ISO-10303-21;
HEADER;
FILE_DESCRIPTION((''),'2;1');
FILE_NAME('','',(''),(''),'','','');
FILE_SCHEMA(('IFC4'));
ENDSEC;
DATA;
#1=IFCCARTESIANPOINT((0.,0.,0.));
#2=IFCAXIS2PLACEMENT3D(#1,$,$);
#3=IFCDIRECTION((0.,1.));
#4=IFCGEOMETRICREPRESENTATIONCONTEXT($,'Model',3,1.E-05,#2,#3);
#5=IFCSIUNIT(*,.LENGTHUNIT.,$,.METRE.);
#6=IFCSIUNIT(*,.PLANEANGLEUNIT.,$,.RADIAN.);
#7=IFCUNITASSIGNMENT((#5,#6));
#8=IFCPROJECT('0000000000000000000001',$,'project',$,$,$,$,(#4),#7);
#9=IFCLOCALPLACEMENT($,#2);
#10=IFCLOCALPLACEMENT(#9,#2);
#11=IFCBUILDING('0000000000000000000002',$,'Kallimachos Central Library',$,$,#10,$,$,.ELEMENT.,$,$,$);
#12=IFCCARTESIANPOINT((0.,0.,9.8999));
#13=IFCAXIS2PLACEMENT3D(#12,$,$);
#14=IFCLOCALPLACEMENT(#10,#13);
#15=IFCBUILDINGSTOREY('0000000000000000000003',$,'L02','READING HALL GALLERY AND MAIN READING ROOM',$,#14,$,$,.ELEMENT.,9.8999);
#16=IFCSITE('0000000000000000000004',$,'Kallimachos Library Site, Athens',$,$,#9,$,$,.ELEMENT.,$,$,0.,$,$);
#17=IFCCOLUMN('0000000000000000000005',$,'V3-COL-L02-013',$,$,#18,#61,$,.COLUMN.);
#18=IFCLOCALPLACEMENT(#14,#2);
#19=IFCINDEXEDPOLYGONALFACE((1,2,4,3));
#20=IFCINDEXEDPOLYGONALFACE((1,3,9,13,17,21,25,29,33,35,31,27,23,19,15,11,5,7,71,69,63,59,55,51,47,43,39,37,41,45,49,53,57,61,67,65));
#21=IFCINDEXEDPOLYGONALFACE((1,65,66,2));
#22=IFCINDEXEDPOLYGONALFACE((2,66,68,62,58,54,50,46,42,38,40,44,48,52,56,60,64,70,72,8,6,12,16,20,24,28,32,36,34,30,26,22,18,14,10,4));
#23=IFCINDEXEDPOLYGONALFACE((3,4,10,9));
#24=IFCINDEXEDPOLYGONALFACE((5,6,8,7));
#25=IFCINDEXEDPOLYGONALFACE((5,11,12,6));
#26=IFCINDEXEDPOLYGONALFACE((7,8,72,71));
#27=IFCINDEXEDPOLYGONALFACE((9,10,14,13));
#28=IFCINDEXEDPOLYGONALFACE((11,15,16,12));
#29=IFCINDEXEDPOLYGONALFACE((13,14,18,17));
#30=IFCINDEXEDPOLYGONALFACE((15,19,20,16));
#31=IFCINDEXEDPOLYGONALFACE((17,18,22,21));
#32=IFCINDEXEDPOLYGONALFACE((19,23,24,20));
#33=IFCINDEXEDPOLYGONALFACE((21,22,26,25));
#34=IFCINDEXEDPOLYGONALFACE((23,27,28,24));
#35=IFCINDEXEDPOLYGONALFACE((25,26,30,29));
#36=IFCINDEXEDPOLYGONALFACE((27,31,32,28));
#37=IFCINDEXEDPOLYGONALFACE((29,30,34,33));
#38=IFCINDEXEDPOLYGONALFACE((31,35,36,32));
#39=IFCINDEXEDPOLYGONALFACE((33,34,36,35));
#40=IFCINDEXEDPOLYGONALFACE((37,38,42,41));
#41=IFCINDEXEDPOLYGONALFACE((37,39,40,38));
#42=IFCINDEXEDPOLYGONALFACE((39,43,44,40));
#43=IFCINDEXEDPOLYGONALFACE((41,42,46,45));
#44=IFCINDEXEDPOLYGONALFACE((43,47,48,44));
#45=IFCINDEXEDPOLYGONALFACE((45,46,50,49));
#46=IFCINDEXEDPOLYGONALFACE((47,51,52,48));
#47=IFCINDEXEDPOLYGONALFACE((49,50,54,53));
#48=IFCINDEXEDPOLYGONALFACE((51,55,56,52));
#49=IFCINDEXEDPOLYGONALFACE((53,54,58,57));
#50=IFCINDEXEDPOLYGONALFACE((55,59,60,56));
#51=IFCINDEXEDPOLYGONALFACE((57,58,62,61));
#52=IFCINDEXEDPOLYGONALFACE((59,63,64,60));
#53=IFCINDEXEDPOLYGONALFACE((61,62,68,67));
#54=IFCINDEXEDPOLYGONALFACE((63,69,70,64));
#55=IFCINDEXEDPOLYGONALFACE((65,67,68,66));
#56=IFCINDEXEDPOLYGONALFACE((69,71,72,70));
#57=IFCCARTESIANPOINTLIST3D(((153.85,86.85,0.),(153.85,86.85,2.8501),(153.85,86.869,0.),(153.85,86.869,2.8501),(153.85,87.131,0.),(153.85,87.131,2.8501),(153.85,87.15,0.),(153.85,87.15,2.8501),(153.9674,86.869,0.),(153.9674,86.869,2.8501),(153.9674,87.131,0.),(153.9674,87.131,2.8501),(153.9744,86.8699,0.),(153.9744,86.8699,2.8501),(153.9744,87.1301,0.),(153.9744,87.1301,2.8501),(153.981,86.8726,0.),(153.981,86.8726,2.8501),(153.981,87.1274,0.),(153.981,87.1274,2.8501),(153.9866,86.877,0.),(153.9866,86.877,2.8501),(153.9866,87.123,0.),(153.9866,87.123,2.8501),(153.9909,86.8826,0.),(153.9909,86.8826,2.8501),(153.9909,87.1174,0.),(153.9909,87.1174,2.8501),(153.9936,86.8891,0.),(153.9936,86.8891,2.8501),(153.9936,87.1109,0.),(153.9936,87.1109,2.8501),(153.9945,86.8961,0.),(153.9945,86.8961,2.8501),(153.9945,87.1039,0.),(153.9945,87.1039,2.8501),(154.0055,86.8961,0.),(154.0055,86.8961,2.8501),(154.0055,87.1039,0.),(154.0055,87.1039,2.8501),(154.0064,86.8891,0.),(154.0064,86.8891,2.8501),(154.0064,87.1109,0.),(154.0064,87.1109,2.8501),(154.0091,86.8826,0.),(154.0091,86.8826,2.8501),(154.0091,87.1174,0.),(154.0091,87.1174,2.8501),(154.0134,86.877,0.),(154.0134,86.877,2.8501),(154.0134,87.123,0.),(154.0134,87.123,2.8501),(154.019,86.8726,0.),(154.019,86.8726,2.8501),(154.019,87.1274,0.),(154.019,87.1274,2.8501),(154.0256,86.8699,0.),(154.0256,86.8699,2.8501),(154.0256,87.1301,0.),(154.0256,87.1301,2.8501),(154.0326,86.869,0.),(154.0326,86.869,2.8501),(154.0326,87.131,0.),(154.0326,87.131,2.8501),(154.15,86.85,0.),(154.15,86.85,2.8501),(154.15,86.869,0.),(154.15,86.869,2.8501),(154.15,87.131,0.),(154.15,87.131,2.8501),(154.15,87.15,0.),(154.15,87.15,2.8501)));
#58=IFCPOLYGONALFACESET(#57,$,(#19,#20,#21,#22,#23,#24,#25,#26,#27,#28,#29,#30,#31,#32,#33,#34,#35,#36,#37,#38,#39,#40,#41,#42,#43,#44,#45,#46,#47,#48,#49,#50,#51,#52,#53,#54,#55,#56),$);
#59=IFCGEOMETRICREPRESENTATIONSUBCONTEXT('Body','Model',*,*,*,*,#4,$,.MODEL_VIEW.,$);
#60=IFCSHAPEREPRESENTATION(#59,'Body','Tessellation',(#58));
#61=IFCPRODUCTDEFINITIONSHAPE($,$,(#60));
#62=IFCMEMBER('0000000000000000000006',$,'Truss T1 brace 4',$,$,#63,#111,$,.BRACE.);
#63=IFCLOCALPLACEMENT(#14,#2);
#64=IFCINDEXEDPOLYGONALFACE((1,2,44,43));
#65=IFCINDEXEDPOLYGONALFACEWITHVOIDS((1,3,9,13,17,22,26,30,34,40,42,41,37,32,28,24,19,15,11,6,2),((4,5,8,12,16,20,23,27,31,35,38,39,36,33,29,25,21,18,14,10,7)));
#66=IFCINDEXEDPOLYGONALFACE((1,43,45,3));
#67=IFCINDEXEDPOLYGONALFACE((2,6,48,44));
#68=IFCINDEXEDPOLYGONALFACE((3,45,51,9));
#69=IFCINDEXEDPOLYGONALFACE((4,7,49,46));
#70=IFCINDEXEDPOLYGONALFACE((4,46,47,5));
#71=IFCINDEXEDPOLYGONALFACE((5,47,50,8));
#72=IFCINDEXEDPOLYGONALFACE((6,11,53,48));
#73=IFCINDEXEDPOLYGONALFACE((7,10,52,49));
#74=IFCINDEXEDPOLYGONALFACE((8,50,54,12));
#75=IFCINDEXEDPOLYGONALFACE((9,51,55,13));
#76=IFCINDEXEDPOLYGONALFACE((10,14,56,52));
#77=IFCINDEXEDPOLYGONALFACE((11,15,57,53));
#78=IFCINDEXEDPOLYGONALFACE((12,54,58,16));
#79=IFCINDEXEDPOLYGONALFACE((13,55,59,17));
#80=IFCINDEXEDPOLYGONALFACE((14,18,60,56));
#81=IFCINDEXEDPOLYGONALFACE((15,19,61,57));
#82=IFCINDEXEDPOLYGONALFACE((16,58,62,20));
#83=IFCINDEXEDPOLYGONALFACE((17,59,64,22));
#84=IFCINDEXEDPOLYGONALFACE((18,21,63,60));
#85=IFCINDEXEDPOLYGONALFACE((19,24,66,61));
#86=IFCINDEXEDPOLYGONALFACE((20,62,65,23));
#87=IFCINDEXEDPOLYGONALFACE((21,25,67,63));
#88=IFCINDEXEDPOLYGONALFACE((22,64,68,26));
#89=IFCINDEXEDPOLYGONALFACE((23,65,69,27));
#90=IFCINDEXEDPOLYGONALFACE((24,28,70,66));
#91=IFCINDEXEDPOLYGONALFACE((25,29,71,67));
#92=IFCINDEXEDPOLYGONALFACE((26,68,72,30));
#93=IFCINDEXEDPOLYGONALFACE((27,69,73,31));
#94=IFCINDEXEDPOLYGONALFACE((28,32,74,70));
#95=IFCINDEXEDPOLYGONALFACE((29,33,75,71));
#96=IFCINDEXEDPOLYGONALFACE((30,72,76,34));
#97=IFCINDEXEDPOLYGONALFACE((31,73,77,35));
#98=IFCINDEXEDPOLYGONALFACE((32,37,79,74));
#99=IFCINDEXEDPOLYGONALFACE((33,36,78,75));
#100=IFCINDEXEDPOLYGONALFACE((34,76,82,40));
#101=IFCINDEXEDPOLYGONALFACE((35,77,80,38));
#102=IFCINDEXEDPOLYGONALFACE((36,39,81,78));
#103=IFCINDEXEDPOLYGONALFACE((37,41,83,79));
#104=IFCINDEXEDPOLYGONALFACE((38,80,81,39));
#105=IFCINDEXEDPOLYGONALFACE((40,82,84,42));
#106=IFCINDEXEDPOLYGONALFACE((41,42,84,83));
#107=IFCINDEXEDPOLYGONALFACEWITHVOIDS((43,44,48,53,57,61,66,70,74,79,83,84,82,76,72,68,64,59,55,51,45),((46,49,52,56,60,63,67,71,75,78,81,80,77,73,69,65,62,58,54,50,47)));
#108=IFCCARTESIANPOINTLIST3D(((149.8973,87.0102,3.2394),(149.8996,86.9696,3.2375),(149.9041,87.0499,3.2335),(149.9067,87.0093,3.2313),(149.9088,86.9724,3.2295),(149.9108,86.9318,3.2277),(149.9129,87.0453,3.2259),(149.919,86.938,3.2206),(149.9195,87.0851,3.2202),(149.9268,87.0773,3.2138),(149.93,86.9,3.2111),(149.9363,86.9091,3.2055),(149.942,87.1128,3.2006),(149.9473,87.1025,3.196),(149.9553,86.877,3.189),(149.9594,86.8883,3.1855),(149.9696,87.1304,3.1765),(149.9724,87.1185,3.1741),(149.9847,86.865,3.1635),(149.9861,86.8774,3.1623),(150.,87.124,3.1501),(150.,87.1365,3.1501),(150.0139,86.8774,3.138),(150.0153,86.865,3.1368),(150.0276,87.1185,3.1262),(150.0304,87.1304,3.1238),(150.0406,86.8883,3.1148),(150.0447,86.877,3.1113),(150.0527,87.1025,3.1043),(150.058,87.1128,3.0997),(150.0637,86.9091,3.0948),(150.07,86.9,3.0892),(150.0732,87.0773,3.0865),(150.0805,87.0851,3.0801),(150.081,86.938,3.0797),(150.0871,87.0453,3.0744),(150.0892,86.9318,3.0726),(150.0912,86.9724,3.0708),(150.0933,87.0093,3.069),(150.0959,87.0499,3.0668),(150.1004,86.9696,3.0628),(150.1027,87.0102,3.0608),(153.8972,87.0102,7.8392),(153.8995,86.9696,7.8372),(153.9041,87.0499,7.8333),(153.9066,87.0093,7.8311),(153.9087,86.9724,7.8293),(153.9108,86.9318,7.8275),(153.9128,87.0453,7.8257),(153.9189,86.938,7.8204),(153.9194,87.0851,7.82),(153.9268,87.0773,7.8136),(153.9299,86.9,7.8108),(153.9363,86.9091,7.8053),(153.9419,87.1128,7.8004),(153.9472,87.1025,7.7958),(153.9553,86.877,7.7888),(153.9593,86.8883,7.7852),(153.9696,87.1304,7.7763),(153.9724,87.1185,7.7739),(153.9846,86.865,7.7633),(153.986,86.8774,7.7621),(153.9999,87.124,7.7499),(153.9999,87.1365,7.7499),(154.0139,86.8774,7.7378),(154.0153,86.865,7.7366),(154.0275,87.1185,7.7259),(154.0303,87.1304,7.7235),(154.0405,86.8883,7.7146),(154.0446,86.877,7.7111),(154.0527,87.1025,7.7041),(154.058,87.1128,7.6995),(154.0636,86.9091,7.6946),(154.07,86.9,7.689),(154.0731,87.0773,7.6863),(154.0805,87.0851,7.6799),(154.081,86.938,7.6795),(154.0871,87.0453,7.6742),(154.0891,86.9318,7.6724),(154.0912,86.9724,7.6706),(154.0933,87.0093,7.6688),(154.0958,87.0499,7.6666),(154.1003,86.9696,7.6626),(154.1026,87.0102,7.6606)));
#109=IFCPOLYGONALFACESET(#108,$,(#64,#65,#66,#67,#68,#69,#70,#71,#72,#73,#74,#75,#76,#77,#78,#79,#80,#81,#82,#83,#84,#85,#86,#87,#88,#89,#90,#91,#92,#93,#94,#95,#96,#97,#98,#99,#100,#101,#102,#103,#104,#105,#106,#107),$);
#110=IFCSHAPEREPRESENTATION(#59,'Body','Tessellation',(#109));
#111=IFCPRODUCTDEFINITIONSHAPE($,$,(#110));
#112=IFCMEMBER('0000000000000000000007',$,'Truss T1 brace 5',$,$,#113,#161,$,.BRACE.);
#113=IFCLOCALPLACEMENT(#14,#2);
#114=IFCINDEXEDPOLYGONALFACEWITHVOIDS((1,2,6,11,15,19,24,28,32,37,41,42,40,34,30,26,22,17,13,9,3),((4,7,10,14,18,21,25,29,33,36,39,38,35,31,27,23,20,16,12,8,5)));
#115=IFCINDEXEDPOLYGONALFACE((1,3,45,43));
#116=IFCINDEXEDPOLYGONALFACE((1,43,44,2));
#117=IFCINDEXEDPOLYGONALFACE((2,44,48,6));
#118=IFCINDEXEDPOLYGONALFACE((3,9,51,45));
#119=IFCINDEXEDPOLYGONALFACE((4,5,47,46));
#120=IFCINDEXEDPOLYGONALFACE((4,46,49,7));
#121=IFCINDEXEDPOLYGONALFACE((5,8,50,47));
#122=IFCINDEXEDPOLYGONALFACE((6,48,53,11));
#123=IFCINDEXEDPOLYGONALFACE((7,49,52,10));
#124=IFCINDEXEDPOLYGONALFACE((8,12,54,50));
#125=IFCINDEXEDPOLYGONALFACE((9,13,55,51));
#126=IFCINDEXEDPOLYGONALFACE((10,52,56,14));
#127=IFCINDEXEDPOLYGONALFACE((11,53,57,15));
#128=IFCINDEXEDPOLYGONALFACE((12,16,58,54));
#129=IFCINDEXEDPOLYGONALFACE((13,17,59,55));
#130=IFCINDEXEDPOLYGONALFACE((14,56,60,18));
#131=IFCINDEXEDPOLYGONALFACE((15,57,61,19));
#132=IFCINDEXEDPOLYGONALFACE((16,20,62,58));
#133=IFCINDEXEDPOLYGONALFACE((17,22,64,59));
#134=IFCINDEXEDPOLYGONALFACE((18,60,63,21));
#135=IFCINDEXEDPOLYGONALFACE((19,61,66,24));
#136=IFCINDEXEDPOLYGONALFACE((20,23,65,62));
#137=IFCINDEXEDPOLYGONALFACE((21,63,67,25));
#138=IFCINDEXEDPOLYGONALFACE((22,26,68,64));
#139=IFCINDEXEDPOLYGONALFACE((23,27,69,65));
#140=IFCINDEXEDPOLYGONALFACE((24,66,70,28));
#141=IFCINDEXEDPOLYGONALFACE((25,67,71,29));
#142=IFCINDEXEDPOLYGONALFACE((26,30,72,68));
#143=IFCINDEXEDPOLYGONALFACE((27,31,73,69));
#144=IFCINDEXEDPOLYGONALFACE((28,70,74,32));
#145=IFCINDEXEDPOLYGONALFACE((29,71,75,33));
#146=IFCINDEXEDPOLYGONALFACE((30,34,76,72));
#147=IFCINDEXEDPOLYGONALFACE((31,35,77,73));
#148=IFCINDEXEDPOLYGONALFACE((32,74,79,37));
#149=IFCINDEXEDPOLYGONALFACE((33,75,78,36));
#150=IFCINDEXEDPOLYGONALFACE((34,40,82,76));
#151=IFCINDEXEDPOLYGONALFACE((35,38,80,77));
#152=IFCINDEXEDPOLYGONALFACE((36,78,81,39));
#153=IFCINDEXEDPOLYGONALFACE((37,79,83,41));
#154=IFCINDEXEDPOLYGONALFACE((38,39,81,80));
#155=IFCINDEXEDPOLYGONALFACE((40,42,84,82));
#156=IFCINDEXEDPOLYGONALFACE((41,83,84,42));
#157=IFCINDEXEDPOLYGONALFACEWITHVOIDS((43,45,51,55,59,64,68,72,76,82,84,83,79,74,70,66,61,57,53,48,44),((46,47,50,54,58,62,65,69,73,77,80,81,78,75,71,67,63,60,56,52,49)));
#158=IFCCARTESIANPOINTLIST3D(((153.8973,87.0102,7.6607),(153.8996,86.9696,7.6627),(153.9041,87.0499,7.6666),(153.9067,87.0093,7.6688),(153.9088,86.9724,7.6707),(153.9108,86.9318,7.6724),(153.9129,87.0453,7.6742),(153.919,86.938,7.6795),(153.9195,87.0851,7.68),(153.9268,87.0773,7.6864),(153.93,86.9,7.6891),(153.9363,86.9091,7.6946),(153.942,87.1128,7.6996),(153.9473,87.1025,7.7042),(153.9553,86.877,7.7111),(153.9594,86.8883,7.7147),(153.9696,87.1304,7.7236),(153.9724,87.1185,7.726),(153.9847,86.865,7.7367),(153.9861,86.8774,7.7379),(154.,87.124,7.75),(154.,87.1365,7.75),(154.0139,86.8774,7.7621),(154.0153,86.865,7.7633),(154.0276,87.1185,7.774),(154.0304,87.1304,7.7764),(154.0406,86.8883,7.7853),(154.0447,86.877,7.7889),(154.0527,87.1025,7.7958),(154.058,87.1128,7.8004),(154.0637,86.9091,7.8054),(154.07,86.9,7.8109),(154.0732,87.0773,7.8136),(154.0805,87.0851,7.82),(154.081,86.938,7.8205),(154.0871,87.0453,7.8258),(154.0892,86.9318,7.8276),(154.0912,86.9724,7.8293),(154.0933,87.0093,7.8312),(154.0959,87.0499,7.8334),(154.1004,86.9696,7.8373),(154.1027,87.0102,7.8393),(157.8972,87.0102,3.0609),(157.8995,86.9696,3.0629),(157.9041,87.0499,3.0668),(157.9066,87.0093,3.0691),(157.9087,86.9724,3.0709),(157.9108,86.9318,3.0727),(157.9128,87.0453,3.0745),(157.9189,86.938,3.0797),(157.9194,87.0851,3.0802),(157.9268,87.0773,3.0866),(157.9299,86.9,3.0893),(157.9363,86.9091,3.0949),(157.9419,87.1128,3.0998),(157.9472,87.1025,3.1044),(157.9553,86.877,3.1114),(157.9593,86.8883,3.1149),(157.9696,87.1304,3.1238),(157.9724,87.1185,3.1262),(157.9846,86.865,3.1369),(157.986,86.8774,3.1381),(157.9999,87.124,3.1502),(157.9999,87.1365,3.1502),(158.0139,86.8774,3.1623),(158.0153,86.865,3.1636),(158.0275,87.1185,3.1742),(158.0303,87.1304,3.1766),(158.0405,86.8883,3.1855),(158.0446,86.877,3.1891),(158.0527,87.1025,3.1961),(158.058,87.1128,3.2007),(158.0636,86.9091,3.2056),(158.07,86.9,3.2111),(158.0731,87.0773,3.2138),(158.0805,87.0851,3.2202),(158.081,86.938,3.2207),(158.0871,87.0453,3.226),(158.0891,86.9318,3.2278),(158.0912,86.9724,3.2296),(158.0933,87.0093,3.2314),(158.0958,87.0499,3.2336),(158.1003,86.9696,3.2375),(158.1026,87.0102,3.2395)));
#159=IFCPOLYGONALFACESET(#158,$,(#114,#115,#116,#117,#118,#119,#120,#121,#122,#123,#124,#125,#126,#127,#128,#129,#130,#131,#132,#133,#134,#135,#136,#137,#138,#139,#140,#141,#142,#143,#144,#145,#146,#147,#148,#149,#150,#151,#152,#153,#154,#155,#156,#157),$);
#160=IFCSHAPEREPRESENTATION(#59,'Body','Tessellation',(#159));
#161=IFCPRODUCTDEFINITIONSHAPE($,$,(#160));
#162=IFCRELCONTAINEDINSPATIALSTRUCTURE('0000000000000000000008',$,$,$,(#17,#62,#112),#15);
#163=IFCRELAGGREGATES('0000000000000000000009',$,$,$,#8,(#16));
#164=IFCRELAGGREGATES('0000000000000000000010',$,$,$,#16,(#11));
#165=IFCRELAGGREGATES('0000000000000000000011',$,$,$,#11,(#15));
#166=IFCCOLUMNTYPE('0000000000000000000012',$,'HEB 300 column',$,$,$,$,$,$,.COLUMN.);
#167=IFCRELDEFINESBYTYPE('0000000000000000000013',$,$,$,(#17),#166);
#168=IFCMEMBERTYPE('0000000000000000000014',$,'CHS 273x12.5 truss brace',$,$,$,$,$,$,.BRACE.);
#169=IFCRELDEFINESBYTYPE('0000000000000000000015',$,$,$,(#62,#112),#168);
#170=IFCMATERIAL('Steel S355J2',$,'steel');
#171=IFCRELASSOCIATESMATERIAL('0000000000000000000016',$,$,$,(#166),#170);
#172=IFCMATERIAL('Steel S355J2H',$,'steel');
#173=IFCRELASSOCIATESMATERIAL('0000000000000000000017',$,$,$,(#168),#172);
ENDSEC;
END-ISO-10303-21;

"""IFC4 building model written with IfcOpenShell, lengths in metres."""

from ifc_helpers import new_model, si_unit, direction, frame, origin, origin_2d, place, context, subcontext, project, spatial, hollow_circle, i_section, extrude, material, material_profile, profile_set, type_object, element, save


model = new_model("IFC4")

# Units and contexts
model_context = context("Model", 3, precision=1e-05, world=origin(), true_north=direction((0.0, 1.0)))
body_context = subcontext(model_context, "Body", "Model", "MODEL_VIEW")
ifc_project = project(units=[si_unit("LENGTHUNIT", "METRE"), si_unit("PLANEANGLEUNIT", "RADIAN")], contexts=[model_context])

# Site, building, storey
site_placement = place(None, origin())
site = spatial("IfcSite", under=ifc_project, at=site_placement, Name="Kallimachos Library Site, Athens", CompositionType="ELEMENT", RefElevation=0.0)
building_placement = place(site_placement, origin())
building = spatial("IfcBuilding", under=site, at=building_placement, Name="Kallimachos Central Library", CompositionType="ELEMENT")
storey_placement = place(building_placement, frame((0.0, 0.0, 9.8999)))
storey = spatial("IfcBuildingStorey", under=building, at=storey_placement, Name="L02", Description="READING HALL GALLERY AND MAIN READING ROOM", CompositionType="ELEMENT", Elevation=9.8999)

# Column
ifc_material_1 = material(Name="Steel S355J2", Category="steel")
ifc_material_profile_1 = material_profile(ifc_material_1, i_section(OverallWidth=0.3, OverallDepth=0.3, WebThickness=0.011, FlangeThickness=0.019, FilletRadius=0.0271, at=origin_2d()), Name="HEB 300")
ifc_profile_set_1 = profile_set([ifc_material_profile_1], Name="Steel S355J2")
column_type = type_object("IfcColumnType", Name="HEB 300 column", PredefinedType="COLUMN", material=ifc_profile_set_1)
column_placement = place(storey_placement, frame((154.0, 87.0, 0.0), z_axis=(0.0, 0.0, 1.0), x_axis=(1.0, 0.0, 0.0)))
element("IfcColumn", 1, at=column_placement, inside=storey, type_object=column_type, Name="V3-COL-L02-013", PredefinedType="COLUMN", context=body_context, shape_type="SweptSolid", body=[
    extrude(i_section(OverallWidth=0.3, OverallDepth=0.3, WebThickness=0.011, FlangeThickness=0.019, FilletRadius=0.0271, at=origin_2d()), origin(), (0.0, 0.0, 1.0), 2.8501),
])

# Members
ifc_material_2 = material(Name="Steel S355J2H", Category="steel")
ifc_material_profile_2 = material_profile(ifc_material_2, hollow_circle(Radius=0.1365, WallThickness=0.0125, at=origin_2d()), Name="CHS 273x12.5")
ifc_profile_set_2 = profile_set([ifc_material_profile_2], Name="Steel S355J2H")
member_type_1 = type_object("IfcMemberType", Name="CHS 273x12.5 truss brace", PredefinedType="BRACE", material=ifc_profile_set_2)
for number, where, z_axis, x_axis, name in (
    (2, (150.0, 87.0, 3.1501), (0.656191, 0.0, 0.754595), (0.0, 1.0, 0.0), "Truss T1 brace 4"),
    (3, (154.0, 87.0, 7.75), (0.656191, 0.0, -0.754595), (0.0, 1.0, 0.0), "Truss T1 brace 5"),
):
    element("IfcMember", number, at=place(storey_placement, frame(where, z_axis=z_axis, x_axis=x_axis)), inside=storey, type_object=member_type_1, Name=name, PredefinedType="BRACE", context=body_context, shape_type="SweptSolid", body=[
        extrude(hollow_circle(Radius=0.1365, WallThickness=0.0125, at=origin_2d()), origin(), (0.0, 0.0, 1.0), 6.0957),
    ])

save(model, "model.ifc")
